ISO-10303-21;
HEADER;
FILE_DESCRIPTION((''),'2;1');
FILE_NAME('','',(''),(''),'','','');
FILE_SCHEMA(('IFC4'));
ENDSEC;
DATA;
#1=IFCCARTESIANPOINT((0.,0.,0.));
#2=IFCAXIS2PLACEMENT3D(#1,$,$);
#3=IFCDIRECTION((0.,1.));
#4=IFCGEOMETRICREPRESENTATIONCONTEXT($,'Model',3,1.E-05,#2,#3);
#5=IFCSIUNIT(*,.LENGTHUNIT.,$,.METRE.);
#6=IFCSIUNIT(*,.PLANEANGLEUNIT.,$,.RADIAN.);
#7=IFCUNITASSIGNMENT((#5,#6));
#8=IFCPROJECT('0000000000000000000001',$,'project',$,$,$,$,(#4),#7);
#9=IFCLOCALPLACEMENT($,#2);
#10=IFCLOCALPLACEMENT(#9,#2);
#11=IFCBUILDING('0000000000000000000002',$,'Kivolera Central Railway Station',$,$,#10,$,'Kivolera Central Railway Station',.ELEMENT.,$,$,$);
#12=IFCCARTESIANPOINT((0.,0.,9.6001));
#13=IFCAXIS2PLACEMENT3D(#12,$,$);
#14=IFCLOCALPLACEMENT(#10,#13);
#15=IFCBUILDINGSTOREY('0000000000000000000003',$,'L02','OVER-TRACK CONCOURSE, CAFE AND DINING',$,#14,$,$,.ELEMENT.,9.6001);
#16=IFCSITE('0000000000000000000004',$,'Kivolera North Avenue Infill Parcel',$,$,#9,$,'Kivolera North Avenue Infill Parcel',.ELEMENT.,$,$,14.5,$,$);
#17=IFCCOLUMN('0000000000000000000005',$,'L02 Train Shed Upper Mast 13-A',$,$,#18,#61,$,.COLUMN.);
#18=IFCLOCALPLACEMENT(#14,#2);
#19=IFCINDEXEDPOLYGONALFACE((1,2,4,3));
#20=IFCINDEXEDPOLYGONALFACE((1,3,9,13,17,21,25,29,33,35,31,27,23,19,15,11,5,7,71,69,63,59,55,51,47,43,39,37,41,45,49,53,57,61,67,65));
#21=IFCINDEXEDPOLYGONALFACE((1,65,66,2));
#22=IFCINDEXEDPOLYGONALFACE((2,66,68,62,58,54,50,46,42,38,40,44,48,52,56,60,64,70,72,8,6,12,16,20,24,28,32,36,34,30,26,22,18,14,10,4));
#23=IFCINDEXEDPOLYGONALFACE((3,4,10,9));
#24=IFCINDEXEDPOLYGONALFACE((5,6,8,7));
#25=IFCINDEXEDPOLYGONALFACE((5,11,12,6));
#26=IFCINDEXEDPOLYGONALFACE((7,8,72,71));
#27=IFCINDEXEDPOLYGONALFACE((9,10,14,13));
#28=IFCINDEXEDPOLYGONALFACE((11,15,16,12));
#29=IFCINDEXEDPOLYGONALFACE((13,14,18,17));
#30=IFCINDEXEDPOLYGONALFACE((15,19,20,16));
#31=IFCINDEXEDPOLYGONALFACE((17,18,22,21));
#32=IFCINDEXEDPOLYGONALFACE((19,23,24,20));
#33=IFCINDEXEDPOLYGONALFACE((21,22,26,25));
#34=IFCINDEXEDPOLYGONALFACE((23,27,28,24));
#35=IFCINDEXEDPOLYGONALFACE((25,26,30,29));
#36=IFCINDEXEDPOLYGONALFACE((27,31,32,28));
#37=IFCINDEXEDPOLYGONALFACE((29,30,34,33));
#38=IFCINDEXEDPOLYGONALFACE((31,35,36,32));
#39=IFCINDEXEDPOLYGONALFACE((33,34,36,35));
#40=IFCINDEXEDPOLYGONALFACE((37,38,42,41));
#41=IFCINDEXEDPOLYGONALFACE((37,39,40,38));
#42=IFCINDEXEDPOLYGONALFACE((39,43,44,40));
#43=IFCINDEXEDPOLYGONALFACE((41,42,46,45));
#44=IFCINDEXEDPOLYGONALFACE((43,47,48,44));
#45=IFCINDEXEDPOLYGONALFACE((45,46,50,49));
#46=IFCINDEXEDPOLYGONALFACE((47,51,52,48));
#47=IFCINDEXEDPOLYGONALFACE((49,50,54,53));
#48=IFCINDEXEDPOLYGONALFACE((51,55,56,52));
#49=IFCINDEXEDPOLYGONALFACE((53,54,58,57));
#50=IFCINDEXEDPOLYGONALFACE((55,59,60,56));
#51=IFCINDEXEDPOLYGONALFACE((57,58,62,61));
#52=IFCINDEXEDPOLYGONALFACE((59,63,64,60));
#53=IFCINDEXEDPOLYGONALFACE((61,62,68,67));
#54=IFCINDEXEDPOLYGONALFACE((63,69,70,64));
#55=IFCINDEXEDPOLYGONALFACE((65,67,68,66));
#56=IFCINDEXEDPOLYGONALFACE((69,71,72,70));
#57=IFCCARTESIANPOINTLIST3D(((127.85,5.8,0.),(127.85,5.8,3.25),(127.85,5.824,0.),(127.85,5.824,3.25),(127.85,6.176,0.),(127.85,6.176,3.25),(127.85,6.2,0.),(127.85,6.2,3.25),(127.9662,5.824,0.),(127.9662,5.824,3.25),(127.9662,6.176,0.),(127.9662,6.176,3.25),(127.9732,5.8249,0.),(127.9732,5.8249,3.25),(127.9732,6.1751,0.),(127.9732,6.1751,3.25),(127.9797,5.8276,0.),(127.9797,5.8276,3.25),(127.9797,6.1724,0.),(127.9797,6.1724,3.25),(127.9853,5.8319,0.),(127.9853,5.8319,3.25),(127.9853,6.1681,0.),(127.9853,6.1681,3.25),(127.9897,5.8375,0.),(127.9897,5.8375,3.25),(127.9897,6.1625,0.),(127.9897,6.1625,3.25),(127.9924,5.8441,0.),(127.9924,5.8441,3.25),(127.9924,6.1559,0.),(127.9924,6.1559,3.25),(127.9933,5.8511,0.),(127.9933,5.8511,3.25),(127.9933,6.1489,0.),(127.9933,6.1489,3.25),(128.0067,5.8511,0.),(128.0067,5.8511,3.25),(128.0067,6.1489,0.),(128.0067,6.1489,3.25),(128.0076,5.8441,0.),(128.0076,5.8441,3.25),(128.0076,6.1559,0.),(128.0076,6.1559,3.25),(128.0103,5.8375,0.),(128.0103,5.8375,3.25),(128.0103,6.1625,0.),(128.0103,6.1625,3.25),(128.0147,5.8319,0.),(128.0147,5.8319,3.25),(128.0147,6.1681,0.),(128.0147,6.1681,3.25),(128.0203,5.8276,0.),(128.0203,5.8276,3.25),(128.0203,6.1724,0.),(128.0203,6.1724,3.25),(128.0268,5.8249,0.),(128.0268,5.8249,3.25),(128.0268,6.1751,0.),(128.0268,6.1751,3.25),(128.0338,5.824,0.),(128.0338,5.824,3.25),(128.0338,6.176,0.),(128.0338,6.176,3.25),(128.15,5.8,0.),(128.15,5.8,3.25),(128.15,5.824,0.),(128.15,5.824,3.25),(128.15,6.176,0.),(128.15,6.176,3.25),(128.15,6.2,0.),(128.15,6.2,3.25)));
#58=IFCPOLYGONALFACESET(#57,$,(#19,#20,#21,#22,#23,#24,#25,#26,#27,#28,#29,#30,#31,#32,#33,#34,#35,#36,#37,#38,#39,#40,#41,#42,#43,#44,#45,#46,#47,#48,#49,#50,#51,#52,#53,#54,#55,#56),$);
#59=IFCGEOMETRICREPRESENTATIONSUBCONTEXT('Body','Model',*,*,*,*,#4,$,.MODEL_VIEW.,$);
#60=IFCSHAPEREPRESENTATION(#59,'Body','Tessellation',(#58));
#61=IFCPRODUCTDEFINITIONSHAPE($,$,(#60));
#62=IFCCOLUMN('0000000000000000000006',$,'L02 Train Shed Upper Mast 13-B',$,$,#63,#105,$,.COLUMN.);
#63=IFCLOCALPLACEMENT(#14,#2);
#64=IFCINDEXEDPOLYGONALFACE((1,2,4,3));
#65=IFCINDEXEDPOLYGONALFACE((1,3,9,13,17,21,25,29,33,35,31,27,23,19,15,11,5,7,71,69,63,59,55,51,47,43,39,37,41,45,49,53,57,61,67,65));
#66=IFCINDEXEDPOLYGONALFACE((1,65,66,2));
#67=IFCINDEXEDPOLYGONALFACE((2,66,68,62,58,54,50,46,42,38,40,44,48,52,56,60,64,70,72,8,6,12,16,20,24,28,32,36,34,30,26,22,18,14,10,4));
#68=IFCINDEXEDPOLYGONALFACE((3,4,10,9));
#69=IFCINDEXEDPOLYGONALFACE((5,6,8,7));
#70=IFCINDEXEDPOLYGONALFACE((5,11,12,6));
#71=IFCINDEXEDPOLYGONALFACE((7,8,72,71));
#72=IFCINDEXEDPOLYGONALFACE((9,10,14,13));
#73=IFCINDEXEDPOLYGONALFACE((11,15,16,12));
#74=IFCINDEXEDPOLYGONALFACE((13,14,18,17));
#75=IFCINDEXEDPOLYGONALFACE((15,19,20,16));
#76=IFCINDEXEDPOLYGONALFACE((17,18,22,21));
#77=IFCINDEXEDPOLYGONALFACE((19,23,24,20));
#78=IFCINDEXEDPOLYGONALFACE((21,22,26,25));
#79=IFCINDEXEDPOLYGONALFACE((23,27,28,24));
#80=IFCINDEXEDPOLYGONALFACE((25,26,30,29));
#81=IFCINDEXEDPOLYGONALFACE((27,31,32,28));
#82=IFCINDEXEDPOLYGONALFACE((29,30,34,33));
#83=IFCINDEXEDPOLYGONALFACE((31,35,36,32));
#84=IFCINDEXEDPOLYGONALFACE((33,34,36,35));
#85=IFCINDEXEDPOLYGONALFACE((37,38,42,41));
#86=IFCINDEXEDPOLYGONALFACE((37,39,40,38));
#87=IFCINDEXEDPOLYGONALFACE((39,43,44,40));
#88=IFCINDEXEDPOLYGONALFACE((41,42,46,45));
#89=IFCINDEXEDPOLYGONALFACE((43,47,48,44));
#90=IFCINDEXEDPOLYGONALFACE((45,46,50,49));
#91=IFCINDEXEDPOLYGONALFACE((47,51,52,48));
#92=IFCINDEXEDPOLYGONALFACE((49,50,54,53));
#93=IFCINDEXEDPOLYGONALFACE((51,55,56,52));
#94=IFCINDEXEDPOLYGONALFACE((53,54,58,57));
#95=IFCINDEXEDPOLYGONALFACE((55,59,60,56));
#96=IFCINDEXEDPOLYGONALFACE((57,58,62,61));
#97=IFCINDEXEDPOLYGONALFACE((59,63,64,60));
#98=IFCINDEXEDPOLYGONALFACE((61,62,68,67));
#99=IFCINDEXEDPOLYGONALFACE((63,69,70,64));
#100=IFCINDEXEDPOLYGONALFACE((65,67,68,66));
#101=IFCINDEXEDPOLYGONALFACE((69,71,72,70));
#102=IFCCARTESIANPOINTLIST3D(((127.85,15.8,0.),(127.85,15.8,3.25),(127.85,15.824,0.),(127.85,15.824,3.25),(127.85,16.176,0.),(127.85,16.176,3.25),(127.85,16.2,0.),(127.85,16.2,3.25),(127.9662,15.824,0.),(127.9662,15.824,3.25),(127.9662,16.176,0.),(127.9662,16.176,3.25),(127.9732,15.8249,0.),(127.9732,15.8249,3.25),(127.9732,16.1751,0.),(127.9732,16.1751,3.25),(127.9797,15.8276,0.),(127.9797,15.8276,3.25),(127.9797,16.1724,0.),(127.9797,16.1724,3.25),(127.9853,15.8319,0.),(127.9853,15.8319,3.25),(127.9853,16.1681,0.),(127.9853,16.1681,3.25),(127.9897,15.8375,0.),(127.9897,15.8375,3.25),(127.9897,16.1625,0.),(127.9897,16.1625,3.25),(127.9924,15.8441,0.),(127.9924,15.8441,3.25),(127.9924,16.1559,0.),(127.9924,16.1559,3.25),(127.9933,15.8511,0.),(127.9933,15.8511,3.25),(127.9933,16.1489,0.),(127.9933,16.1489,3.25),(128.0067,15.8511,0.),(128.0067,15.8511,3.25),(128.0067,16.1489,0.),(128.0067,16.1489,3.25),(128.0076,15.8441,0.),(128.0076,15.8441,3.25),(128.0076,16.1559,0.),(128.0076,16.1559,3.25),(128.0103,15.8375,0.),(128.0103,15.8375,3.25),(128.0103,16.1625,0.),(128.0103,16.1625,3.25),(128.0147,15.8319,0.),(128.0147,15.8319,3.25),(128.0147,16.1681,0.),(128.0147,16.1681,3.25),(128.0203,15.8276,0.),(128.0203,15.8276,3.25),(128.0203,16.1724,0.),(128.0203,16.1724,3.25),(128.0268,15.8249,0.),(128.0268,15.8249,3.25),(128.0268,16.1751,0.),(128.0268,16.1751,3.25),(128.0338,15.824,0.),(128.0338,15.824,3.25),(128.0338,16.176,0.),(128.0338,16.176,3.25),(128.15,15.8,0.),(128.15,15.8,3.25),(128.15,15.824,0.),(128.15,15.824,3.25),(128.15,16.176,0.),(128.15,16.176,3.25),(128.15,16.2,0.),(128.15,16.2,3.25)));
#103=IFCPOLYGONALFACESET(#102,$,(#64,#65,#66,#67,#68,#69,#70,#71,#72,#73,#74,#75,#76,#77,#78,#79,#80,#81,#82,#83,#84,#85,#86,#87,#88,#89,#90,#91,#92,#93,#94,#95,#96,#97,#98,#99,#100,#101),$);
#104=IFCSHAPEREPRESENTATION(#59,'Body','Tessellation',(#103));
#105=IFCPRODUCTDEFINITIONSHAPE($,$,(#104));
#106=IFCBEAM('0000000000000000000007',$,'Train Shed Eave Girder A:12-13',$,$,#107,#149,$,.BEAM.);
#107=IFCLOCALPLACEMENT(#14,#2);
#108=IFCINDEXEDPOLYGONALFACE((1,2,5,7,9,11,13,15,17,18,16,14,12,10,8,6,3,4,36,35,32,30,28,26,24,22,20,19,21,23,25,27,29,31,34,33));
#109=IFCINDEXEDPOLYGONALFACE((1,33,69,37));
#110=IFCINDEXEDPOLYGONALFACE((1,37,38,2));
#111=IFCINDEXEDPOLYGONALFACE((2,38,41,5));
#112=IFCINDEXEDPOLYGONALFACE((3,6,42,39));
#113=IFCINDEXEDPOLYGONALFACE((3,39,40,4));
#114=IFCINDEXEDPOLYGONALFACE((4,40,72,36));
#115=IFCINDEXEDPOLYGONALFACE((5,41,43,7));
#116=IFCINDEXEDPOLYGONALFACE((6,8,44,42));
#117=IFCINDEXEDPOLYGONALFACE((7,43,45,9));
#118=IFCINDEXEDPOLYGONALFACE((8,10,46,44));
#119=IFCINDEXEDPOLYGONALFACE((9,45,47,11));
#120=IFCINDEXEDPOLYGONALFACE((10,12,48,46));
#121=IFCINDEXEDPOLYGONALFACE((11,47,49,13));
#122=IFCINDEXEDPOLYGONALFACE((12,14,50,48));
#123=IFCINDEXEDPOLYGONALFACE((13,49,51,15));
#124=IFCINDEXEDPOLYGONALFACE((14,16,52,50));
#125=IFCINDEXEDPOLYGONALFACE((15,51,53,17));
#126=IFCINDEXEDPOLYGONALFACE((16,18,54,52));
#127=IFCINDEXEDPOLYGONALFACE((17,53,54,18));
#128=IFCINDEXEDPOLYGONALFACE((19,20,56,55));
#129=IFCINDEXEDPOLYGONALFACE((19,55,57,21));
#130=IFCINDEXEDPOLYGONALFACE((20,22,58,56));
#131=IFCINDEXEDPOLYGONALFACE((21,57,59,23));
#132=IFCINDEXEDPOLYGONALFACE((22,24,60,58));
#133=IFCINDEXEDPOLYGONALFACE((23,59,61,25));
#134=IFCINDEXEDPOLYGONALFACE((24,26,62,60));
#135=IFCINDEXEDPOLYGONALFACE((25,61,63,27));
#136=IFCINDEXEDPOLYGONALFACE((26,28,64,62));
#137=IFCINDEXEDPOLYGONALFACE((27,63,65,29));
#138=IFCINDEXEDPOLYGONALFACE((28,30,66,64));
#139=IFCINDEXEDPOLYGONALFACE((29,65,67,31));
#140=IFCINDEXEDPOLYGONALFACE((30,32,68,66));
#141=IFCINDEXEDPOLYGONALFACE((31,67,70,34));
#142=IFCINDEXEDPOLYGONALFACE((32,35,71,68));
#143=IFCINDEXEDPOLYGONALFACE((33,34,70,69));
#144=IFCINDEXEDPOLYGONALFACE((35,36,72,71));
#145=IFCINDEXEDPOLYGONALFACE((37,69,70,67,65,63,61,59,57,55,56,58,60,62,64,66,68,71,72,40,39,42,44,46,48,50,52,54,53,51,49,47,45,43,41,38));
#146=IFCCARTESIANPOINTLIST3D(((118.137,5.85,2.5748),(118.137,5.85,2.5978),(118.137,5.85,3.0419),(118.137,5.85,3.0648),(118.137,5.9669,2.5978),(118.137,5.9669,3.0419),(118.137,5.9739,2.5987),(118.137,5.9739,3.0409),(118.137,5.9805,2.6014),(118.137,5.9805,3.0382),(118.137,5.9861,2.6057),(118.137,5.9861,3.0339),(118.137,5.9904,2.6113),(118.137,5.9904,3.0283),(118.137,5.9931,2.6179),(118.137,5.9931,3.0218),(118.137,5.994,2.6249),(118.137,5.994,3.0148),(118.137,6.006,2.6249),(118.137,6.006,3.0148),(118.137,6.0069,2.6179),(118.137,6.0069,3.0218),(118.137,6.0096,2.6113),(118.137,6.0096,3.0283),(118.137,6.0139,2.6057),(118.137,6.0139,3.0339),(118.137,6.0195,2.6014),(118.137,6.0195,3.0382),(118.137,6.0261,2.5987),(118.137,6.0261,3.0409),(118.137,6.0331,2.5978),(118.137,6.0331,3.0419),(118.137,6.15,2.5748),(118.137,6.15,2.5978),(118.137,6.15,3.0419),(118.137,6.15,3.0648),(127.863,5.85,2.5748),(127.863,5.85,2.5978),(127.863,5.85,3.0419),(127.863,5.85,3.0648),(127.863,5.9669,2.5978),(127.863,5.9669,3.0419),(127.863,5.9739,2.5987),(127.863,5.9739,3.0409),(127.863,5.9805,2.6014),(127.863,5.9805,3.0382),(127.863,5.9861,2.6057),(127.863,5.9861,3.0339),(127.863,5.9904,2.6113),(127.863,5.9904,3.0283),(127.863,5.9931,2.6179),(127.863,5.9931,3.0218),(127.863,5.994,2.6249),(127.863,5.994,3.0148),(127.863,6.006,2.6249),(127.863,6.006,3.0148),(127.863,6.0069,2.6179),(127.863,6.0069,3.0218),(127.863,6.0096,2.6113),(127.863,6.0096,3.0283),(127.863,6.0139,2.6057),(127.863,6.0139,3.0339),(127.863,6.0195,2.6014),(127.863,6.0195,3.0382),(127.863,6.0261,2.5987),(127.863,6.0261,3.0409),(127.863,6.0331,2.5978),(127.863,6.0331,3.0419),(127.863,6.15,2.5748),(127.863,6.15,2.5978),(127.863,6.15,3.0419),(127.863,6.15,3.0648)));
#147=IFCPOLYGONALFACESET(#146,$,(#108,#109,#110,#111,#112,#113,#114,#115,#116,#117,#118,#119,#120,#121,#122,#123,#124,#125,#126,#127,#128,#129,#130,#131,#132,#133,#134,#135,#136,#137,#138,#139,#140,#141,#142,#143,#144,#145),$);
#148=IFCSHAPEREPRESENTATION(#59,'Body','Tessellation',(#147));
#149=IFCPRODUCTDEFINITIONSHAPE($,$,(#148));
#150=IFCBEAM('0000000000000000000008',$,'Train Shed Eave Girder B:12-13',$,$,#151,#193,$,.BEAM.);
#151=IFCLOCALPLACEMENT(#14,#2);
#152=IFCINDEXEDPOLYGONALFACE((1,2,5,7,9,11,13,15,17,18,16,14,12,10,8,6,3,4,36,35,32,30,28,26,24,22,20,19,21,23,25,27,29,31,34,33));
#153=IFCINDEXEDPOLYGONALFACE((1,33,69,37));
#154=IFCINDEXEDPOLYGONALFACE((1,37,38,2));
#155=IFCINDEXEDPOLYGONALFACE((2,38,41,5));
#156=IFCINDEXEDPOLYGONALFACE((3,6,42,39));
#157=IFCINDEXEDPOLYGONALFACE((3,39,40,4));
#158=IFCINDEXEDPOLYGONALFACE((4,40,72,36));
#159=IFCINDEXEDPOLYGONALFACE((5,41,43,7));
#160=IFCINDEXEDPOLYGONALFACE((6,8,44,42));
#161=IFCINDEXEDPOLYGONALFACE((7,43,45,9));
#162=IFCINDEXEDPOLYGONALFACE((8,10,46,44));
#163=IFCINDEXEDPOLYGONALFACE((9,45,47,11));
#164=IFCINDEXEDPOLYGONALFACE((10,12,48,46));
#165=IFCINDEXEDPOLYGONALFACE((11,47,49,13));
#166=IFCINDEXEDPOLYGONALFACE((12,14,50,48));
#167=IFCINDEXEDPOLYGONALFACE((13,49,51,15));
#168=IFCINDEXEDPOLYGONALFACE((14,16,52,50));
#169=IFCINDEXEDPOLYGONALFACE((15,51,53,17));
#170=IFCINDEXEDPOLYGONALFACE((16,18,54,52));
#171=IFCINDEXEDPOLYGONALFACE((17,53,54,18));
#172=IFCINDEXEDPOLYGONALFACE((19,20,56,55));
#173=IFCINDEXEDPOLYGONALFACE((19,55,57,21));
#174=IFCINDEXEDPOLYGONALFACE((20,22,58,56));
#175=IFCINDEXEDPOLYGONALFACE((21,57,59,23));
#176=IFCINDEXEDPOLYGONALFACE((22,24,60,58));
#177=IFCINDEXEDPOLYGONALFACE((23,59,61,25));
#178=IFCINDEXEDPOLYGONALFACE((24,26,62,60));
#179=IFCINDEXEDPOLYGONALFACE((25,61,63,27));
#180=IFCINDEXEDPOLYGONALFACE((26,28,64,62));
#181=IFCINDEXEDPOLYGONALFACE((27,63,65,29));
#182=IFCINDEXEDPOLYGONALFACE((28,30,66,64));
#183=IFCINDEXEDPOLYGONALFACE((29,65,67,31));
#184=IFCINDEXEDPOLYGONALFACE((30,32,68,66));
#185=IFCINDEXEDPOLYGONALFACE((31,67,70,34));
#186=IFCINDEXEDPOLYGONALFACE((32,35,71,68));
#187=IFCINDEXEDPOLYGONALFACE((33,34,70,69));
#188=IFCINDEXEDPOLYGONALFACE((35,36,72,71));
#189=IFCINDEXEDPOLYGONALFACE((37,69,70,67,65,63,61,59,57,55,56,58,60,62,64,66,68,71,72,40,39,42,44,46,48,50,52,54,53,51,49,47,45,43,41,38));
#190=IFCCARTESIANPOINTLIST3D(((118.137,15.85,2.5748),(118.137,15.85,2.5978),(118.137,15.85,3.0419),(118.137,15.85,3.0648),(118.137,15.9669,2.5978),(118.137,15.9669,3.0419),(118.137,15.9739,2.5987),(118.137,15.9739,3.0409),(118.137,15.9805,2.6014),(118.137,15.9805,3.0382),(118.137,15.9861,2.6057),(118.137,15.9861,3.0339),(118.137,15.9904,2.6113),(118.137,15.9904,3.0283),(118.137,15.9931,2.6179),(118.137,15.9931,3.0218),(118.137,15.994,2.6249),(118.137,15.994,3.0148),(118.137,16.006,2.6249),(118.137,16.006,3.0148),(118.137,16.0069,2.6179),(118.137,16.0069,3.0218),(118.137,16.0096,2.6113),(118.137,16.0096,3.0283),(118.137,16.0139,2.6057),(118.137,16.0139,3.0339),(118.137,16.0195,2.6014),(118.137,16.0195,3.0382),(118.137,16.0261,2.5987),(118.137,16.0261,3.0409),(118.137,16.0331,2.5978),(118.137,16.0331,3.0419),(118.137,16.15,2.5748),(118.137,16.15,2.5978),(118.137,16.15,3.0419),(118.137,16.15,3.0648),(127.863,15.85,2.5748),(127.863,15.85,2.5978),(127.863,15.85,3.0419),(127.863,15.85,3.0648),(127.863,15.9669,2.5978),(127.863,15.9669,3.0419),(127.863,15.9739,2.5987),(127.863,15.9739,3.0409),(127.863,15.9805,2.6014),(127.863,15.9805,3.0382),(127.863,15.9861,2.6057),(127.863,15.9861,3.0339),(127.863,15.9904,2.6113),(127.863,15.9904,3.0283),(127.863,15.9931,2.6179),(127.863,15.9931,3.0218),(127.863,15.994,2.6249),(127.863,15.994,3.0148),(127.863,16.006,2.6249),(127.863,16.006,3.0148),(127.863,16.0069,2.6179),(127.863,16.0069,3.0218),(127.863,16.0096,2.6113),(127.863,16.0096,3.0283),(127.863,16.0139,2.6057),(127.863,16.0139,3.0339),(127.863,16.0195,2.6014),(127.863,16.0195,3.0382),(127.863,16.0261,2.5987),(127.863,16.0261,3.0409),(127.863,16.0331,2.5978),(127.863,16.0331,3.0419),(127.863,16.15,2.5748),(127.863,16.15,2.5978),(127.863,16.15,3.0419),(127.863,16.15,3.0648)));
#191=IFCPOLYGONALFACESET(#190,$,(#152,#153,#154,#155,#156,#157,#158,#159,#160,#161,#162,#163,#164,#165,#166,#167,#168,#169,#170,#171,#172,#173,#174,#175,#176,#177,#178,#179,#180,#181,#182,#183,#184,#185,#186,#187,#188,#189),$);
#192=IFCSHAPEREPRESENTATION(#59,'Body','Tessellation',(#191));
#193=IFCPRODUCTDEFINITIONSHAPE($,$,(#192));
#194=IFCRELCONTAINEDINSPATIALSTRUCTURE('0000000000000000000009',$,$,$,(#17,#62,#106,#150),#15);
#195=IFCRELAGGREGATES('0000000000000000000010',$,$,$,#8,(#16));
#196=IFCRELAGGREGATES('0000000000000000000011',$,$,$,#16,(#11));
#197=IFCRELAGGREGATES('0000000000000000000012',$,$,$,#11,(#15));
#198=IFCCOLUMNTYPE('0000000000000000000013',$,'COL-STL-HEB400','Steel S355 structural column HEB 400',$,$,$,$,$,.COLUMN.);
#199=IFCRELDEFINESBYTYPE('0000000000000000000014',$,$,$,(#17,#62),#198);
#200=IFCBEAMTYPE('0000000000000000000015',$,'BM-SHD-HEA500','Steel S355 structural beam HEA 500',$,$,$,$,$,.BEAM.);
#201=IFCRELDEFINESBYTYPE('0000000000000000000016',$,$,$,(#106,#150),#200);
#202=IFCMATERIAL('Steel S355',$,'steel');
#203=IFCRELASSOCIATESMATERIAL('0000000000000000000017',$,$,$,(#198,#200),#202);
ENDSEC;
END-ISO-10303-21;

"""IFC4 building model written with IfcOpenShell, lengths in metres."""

from ifc_helpers import new_model, si_unit, direction, frame, origin, origin_2d, place, context, subcontext, project, spatial, i_section, extrude, material, material_profile, profile_set, type_object, element, save


model = new_model("IFC4")

# Units and contexts
model_context = context("Model", 3, precision=1e-05, world=origin(), true_north=direction((0.0, 1.0)))
body_context = subcontext(model_context, "Body", "Model", "MODEL_VIEW")
ifc_project = project(units=[si_unit("LENGTHUNIT", "METRE"), si_unit("PLANEANGLEUNIT", "RADIAN")], contexts=[model_context])

# Site, building, storey
site_placement = place(None, origin())
site = spatial("IfcSite", under=ifc_project, at=site_placement, Name="Kivolera North Avenue Infill Parcel", LongName="Kivolera North Avenue Infill Parcel", CompositionType="ELEMENT", RefElevation=14.5)
building_placement = place(site_placement, origin())
building = spatial("IfcBuilding", under=site, at=building_placement, Name="Kivolera Central Railway Station", LongName="Kivolera Central Railway Station", CompositionType="ELEMENT")
storey_placement = place(building_placement, frame((0.0, 0.0, 9.6001)))
storey = spatial("IfcBuildingStorey", under=building, at=storey_placement, Name="L02", Description="OVER-TRACK CONCOURSE, CAFE AND DINING", CompositionType="ELEMENT", Elevation=9.6001)

# Columns
ifc_material_1 = material(Name="Steel S355", Category="steel")
ifc_material_profile_1 = material_profile(ifc_material_1, i_section(OverallWidth=0.3, OverallDepth=0.3999, WebThickness=0.0134, FlangeThickness=0.0239, FilletRadius=0.0271, at=origin_2d()), Name="HEB 400")
ifc_profile_set_1 = profile_set([ifc_material_profile_1], Name="Steel S355")
column_type = type_object("IfcColumnType", Name="COL-STL-HEB400", Description="Steel S355 structural column HEB 400", PredefinedType="COLUMN", material=ifc_profile_set_1)
for number, where, z_axis, x_axis, name in (
    (1, (128.0, 6.0, 0.0), (0.0, 0.0, 1.0), (1.0, 0.0, 0.0), "L02 Train Shed Upper Mast 13-A"),
    (2, (128.0, 16.0, 0.0), (0.0, 0.0, 1.0), (1.0, 0.0, 0.0), "L02 Train Shed Upper Mast 13-B"),
):
    element("IfcColumn", number, at=place(storey_placement, frame(where, z_axis=z_axis, x_axis=x_axis)), inside=storey, type_object=column_type, Name=name, PredefinedType="COLUMN", context=body_context, shape_type="SweptSolid", body=[
        extrude(i_section(OverallWidth=0.3, OverallDepth=0.3999, WebThickness=0.0134, FlangeThickness=0.0239, FilletRadius=0.0271, at=origin_2d()), origin(), (0.0, 0.0, 1.0), 3.25),
    ])

# Beams
ifc_material_profile_2 = material_profile(ifc_material_1, i_section(OverallWidth=0.3, OverallDepth=0.49, WebThickness=0.012, FlangeThickness=0.0229, FilletRadius=0.0271, at=origin_2d()), Name="HEA 500")
ifc_profile_set_2 = profile_set([ifc_material_profile_2], Name="Steel S355")
beam_type_1 = type_object("IfcBeamType", Name="BM-SHD-HEA500", Description="Steel S355 structural beam HEA 500", PredefinedType="BEAM", material=ifc_profile_set_2)
for number, where, z_axis, x_axis, name in (
    (3, (118.137, 6.0, 2.8198), (1.0, 0.0, 0.0), (0.0, 1.0, 0.0), "Train Shed Eave Girder A:12-13"),
    (4, (118.137, 16.0, 2.8198), (1.0, 0.0, 0.0), (0.0, 1.0, 0.0), "Train Shed Eave Girder B:12-13"),
):
    element("IfcBeam", number, at=place(storey_placement, frame(where, z_axis=z_axis, x_axis=x_axis)), inside=storey, type_object=beam_type_1, Name=name, PredefinedType="BEAM", context=body_context, shape_type="SweptSolid", body=[
        extrude(i_section(OverallWidth=0.3, OverallDepth=0.49, WebThickness=0.012, FlangeThickness=0.0229, FilletRadius=0.0271, at=origin_2d()), origin(), (0.0, 0.0, 1.0), 9.7261),
    ])

save(model, "model.ifc")
